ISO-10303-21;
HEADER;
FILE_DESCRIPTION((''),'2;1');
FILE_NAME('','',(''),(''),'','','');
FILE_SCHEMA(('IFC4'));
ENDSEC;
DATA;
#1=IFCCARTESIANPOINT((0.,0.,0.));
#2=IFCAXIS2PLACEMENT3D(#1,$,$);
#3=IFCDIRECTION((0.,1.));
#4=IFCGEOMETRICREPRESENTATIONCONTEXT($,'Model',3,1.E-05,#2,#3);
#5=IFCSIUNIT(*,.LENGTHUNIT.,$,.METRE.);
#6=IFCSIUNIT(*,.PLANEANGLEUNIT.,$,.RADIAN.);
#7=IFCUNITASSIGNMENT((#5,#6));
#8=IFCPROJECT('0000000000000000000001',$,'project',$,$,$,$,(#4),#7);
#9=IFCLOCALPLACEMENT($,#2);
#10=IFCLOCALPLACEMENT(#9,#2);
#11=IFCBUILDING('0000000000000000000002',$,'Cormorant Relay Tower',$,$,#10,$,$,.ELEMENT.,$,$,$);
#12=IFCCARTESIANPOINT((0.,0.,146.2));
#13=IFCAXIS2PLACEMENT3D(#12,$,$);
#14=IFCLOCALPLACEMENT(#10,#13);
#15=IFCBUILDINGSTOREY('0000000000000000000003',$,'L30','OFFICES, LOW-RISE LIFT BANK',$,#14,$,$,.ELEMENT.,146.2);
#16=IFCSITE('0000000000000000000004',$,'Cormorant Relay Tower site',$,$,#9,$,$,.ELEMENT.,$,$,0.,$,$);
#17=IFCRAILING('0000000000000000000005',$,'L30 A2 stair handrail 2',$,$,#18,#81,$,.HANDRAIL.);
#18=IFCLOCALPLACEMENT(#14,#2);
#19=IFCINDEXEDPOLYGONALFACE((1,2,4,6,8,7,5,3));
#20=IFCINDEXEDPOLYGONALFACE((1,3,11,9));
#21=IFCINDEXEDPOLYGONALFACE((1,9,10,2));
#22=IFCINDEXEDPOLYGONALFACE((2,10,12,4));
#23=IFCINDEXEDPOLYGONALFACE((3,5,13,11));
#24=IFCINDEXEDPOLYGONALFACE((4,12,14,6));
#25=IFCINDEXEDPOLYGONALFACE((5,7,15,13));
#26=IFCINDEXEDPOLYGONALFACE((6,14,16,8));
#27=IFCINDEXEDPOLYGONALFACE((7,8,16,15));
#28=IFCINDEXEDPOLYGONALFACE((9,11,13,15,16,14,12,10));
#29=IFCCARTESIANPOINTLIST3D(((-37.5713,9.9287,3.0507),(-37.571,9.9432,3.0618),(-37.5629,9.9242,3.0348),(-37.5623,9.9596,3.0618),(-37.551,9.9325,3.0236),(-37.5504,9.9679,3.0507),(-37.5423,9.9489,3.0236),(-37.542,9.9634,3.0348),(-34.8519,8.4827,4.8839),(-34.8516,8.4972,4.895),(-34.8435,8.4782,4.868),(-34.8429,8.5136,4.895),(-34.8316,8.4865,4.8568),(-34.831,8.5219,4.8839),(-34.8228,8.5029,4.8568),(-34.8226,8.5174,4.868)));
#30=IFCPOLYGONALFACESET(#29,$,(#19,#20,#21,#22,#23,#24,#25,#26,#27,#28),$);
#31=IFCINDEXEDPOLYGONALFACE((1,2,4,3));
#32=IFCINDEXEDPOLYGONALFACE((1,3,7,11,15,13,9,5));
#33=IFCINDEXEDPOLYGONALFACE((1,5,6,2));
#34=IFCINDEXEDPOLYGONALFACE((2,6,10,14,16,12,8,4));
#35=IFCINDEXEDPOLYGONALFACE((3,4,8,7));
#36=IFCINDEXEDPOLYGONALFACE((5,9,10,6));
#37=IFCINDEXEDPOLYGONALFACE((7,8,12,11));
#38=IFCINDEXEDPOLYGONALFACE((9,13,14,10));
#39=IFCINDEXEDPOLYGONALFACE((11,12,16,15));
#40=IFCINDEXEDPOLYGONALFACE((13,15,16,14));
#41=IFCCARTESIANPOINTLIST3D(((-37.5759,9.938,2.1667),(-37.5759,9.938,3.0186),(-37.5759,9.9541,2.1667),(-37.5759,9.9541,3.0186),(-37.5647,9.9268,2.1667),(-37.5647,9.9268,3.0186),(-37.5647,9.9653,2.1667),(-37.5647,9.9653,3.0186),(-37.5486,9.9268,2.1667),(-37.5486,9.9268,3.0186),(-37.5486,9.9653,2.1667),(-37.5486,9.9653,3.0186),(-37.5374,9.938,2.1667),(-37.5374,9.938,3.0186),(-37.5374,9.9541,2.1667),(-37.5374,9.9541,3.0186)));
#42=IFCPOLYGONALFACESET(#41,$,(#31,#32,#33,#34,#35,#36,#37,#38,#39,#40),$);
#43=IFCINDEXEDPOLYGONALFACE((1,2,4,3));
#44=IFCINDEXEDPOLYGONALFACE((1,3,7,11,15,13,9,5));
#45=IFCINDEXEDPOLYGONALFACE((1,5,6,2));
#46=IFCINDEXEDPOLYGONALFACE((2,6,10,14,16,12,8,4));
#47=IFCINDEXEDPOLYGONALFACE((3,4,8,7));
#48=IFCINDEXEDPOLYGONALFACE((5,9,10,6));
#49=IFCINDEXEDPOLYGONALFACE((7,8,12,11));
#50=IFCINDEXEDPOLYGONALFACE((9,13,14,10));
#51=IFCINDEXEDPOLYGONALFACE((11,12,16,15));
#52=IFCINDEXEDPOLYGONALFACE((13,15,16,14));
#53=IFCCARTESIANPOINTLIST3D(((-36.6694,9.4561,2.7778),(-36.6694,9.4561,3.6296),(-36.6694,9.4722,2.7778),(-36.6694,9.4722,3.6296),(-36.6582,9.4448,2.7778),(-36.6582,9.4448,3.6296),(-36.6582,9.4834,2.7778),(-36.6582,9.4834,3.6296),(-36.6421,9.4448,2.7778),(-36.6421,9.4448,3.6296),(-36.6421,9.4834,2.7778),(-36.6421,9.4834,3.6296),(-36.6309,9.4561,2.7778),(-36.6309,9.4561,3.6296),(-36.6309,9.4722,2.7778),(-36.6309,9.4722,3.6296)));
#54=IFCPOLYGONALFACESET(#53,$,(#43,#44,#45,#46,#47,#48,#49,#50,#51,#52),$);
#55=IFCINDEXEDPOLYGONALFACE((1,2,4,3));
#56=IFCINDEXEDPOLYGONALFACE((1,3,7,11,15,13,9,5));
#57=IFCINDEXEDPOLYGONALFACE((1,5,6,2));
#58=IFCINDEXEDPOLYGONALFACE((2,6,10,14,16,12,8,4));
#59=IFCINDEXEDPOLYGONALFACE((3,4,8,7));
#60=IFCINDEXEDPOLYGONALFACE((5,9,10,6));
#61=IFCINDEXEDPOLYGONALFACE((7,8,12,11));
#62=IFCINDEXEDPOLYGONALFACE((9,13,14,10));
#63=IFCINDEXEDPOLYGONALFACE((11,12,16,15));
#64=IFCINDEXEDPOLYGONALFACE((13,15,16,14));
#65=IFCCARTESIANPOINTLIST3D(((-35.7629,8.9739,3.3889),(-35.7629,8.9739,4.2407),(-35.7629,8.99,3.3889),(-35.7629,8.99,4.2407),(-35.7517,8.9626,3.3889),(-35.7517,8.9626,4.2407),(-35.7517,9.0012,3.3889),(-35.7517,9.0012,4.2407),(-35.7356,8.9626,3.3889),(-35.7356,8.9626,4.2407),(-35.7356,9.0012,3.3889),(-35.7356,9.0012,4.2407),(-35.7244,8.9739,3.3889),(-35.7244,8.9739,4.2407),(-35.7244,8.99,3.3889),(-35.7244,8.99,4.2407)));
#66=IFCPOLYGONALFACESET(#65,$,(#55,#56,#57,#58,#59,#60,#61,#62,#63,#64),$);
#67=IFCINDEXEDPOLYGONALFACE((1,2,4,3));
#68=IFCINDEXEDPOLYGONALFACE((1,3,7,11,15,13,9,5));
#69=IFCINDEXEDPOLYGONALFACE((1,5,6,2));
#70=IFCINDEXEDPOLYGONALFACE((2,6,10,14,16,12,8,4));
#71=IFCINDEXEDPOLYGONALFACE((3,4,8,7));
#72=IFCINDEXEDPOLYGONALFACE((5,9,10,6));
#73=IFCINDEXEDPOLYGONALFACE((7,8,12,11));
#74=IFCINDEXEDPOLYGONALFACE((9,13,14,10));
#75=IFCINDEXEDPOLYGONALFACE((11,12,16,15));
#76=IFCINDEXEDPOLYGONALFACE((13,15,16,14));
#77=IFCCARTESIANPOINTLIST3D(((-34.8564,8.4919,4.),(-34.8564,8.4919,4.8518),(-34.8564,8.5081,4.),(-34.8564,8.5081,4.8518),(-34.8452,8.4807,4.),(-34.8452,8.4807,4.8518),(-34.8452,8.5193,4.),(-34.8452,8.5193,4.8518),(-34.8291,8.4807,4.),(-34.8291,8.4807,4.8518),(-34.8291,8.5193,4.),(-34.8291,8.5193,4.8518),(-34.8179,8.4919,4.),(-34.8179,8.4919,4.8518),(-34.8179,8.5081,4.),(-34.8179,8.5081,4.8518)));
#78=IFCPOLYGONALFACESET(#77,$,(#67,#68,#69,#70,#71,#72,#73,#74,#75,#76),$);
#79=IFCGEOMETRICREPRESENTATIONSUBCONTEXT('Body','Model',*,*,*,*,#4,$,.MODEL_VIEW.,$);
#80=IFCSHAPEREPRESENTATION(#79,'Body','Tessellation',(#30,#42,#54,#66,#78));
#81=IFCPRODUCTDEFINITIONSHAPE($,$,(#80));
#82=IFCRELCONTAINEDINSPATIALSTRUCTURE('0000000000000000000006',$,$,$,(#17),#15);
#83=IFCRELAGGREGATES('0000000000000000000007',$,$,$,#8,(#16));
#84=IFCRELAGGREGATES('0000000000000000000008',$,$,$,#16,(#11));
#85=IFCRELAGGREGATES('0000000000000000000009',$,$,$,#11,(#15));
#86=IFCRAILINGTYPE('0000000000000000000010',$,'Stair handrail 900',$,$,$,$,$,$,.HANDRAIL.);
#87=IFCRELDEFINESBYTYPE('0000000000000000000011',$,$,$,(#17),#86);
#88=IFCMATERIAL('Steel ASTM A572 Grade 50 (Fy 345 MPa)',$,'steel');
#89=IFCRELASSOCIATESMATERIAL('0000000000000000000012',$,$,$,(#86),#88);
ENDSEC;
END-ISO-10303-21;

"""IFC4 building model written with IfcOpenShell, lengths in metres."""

from ifc_helpers import new_model, si_unit, direction, frame, origin, place, context, subcontext, project, spatial, polyline, outline, extrude, material, type_object, element, save


model = new_model("IFC4")

# Units and contexts
model_context = context("Model", 3, precision=1e-05, world=origin(), true_north=direction((0.0, 1.0)))
body_context = subcontext(model_context, "Body", "Model", "MODEL_VIEW")
ifc_project = project(units=[si_unit("LENGTHUNIT", "METRE"), si_unit("PLANEANGLEUNIT", "RADIAN")], contexts=[model_context])

# Site, building, storey
site_placement = place(None, origin())
site = spatial("IfcSite", under=ifc_project, at=site_placement, Name="Cormorant Relay Tower site", CompositionType="ELEMENT", RefElevation=0.0)
building_placement = place(site_placement, origin())
building = spatial("IfcBuilding", under=site, at=building_placement, Name="Cormorant Relay Tower", CompositionType="ELEMENT")
storey_placement = place(building_placement, frame((0.0, 0.0, 146.2)))
storey = spatial("IfcBuildingStorey", under=building, at=storey_placement, Name="L30", Description="OFFICES, LOW-RISE LIFT BANK", CompositionType="ELEMENT", Elevation=146.2)

# Railing
ifc_material_1 = material(Name="Steel ASTM A572 Grade 50 (Fy 345 MPa)", Category="steel")
railing_type_1 = type_object("IfcRailingType", Name="Stair handrail 900", PredefinedType="HANDRAIL", material=ifc_material_1)
railing_1_placement = place(storey_placement, frame((-37.5566, 9.946, 2.1667)))
element("IfcRailing", 1, at=railing_1_placement, inside=storey, type_object=railing_type_1, Name="L30 A2 stair handrail 2", PredefinedType="HANDRAIL", context=body_context, shape_type="SweptSolid", body=[
    extrude(outline(polyline([(0.0222, 0.0093), (0.0093, 0.0222), (-0.0093, 0.0222), (-0.0222, 0.0093), (-0.0222, -0.0093), (-0.0093, -0.0222), (0.0093, -0.0222), (0.0222, -0.0093), (0.0222, 0.0093)])), frame((0.0, 0.0, 0.876), z_axis=(0.758714, -0.403435, 0.511463), x_axis=(0.469489, 0.882938, 0.0)), (0.0, 0.0, 1.0), 3.5842),
    extrude(outline(polyline([(0.0193, 0.0081), (0.0081, 0.0193), (-0.0081, 0.0193), (-0.0193, 0.0081), (-0.0193, -0.0081), (-0.0081, -0.0193), (0.0081, -0.0193), (0.0193, -0.0081), (0.0193, 0.0081)])), origin(), (0.0, 0.0, 1.0), 0.8518),
    extrude(outline(polyline([(0.0193, 0.0081), (0.0081, 0.0193), (-0.0081, 0.0193), (-0.0193, 0.0081), (-0.0193, -0.0081), (-0.0081, -0.0193), (0.0081, -0.0193), (0.0193, -0.0081), (0.0193, 0.0081)])), frame((0.9065, -0.4819, 0.6111)), (0.0, 0.0, 1.0), 0.8518),
    extrude(outline(polyline([(0.0193, 0.0081), (0.0081, 0.0193), (-0.0081, 0.0193), (-0.0193, 0.0081), (-0.0193, -0.0081), (-0.0081, -0.0193), (0.0081, -0.0193), (0.0193, -0.0081), (0.0193, 0.0081)])), frame((1.813, -0.9641, 1.2222)), (0.0, 0.0, 1.0), 0.8518),
    extrude(outline(polyline([(0.0193, 0.0081), (0.0081, 0.0193), (-0.0081, 0.0193), (-0.0193, 0.0081), (-0.0193, -0.0081), (-0.0081, -0.0193), (0.0081, -0.0193), (0.0193, -0.0081), (0.0193, 0.0081)])), frame((2.7195, -1.446, 1.8333)), (0.0, 0.0, 1.0), 0.8518),
])

save(model, "model.ifc")
